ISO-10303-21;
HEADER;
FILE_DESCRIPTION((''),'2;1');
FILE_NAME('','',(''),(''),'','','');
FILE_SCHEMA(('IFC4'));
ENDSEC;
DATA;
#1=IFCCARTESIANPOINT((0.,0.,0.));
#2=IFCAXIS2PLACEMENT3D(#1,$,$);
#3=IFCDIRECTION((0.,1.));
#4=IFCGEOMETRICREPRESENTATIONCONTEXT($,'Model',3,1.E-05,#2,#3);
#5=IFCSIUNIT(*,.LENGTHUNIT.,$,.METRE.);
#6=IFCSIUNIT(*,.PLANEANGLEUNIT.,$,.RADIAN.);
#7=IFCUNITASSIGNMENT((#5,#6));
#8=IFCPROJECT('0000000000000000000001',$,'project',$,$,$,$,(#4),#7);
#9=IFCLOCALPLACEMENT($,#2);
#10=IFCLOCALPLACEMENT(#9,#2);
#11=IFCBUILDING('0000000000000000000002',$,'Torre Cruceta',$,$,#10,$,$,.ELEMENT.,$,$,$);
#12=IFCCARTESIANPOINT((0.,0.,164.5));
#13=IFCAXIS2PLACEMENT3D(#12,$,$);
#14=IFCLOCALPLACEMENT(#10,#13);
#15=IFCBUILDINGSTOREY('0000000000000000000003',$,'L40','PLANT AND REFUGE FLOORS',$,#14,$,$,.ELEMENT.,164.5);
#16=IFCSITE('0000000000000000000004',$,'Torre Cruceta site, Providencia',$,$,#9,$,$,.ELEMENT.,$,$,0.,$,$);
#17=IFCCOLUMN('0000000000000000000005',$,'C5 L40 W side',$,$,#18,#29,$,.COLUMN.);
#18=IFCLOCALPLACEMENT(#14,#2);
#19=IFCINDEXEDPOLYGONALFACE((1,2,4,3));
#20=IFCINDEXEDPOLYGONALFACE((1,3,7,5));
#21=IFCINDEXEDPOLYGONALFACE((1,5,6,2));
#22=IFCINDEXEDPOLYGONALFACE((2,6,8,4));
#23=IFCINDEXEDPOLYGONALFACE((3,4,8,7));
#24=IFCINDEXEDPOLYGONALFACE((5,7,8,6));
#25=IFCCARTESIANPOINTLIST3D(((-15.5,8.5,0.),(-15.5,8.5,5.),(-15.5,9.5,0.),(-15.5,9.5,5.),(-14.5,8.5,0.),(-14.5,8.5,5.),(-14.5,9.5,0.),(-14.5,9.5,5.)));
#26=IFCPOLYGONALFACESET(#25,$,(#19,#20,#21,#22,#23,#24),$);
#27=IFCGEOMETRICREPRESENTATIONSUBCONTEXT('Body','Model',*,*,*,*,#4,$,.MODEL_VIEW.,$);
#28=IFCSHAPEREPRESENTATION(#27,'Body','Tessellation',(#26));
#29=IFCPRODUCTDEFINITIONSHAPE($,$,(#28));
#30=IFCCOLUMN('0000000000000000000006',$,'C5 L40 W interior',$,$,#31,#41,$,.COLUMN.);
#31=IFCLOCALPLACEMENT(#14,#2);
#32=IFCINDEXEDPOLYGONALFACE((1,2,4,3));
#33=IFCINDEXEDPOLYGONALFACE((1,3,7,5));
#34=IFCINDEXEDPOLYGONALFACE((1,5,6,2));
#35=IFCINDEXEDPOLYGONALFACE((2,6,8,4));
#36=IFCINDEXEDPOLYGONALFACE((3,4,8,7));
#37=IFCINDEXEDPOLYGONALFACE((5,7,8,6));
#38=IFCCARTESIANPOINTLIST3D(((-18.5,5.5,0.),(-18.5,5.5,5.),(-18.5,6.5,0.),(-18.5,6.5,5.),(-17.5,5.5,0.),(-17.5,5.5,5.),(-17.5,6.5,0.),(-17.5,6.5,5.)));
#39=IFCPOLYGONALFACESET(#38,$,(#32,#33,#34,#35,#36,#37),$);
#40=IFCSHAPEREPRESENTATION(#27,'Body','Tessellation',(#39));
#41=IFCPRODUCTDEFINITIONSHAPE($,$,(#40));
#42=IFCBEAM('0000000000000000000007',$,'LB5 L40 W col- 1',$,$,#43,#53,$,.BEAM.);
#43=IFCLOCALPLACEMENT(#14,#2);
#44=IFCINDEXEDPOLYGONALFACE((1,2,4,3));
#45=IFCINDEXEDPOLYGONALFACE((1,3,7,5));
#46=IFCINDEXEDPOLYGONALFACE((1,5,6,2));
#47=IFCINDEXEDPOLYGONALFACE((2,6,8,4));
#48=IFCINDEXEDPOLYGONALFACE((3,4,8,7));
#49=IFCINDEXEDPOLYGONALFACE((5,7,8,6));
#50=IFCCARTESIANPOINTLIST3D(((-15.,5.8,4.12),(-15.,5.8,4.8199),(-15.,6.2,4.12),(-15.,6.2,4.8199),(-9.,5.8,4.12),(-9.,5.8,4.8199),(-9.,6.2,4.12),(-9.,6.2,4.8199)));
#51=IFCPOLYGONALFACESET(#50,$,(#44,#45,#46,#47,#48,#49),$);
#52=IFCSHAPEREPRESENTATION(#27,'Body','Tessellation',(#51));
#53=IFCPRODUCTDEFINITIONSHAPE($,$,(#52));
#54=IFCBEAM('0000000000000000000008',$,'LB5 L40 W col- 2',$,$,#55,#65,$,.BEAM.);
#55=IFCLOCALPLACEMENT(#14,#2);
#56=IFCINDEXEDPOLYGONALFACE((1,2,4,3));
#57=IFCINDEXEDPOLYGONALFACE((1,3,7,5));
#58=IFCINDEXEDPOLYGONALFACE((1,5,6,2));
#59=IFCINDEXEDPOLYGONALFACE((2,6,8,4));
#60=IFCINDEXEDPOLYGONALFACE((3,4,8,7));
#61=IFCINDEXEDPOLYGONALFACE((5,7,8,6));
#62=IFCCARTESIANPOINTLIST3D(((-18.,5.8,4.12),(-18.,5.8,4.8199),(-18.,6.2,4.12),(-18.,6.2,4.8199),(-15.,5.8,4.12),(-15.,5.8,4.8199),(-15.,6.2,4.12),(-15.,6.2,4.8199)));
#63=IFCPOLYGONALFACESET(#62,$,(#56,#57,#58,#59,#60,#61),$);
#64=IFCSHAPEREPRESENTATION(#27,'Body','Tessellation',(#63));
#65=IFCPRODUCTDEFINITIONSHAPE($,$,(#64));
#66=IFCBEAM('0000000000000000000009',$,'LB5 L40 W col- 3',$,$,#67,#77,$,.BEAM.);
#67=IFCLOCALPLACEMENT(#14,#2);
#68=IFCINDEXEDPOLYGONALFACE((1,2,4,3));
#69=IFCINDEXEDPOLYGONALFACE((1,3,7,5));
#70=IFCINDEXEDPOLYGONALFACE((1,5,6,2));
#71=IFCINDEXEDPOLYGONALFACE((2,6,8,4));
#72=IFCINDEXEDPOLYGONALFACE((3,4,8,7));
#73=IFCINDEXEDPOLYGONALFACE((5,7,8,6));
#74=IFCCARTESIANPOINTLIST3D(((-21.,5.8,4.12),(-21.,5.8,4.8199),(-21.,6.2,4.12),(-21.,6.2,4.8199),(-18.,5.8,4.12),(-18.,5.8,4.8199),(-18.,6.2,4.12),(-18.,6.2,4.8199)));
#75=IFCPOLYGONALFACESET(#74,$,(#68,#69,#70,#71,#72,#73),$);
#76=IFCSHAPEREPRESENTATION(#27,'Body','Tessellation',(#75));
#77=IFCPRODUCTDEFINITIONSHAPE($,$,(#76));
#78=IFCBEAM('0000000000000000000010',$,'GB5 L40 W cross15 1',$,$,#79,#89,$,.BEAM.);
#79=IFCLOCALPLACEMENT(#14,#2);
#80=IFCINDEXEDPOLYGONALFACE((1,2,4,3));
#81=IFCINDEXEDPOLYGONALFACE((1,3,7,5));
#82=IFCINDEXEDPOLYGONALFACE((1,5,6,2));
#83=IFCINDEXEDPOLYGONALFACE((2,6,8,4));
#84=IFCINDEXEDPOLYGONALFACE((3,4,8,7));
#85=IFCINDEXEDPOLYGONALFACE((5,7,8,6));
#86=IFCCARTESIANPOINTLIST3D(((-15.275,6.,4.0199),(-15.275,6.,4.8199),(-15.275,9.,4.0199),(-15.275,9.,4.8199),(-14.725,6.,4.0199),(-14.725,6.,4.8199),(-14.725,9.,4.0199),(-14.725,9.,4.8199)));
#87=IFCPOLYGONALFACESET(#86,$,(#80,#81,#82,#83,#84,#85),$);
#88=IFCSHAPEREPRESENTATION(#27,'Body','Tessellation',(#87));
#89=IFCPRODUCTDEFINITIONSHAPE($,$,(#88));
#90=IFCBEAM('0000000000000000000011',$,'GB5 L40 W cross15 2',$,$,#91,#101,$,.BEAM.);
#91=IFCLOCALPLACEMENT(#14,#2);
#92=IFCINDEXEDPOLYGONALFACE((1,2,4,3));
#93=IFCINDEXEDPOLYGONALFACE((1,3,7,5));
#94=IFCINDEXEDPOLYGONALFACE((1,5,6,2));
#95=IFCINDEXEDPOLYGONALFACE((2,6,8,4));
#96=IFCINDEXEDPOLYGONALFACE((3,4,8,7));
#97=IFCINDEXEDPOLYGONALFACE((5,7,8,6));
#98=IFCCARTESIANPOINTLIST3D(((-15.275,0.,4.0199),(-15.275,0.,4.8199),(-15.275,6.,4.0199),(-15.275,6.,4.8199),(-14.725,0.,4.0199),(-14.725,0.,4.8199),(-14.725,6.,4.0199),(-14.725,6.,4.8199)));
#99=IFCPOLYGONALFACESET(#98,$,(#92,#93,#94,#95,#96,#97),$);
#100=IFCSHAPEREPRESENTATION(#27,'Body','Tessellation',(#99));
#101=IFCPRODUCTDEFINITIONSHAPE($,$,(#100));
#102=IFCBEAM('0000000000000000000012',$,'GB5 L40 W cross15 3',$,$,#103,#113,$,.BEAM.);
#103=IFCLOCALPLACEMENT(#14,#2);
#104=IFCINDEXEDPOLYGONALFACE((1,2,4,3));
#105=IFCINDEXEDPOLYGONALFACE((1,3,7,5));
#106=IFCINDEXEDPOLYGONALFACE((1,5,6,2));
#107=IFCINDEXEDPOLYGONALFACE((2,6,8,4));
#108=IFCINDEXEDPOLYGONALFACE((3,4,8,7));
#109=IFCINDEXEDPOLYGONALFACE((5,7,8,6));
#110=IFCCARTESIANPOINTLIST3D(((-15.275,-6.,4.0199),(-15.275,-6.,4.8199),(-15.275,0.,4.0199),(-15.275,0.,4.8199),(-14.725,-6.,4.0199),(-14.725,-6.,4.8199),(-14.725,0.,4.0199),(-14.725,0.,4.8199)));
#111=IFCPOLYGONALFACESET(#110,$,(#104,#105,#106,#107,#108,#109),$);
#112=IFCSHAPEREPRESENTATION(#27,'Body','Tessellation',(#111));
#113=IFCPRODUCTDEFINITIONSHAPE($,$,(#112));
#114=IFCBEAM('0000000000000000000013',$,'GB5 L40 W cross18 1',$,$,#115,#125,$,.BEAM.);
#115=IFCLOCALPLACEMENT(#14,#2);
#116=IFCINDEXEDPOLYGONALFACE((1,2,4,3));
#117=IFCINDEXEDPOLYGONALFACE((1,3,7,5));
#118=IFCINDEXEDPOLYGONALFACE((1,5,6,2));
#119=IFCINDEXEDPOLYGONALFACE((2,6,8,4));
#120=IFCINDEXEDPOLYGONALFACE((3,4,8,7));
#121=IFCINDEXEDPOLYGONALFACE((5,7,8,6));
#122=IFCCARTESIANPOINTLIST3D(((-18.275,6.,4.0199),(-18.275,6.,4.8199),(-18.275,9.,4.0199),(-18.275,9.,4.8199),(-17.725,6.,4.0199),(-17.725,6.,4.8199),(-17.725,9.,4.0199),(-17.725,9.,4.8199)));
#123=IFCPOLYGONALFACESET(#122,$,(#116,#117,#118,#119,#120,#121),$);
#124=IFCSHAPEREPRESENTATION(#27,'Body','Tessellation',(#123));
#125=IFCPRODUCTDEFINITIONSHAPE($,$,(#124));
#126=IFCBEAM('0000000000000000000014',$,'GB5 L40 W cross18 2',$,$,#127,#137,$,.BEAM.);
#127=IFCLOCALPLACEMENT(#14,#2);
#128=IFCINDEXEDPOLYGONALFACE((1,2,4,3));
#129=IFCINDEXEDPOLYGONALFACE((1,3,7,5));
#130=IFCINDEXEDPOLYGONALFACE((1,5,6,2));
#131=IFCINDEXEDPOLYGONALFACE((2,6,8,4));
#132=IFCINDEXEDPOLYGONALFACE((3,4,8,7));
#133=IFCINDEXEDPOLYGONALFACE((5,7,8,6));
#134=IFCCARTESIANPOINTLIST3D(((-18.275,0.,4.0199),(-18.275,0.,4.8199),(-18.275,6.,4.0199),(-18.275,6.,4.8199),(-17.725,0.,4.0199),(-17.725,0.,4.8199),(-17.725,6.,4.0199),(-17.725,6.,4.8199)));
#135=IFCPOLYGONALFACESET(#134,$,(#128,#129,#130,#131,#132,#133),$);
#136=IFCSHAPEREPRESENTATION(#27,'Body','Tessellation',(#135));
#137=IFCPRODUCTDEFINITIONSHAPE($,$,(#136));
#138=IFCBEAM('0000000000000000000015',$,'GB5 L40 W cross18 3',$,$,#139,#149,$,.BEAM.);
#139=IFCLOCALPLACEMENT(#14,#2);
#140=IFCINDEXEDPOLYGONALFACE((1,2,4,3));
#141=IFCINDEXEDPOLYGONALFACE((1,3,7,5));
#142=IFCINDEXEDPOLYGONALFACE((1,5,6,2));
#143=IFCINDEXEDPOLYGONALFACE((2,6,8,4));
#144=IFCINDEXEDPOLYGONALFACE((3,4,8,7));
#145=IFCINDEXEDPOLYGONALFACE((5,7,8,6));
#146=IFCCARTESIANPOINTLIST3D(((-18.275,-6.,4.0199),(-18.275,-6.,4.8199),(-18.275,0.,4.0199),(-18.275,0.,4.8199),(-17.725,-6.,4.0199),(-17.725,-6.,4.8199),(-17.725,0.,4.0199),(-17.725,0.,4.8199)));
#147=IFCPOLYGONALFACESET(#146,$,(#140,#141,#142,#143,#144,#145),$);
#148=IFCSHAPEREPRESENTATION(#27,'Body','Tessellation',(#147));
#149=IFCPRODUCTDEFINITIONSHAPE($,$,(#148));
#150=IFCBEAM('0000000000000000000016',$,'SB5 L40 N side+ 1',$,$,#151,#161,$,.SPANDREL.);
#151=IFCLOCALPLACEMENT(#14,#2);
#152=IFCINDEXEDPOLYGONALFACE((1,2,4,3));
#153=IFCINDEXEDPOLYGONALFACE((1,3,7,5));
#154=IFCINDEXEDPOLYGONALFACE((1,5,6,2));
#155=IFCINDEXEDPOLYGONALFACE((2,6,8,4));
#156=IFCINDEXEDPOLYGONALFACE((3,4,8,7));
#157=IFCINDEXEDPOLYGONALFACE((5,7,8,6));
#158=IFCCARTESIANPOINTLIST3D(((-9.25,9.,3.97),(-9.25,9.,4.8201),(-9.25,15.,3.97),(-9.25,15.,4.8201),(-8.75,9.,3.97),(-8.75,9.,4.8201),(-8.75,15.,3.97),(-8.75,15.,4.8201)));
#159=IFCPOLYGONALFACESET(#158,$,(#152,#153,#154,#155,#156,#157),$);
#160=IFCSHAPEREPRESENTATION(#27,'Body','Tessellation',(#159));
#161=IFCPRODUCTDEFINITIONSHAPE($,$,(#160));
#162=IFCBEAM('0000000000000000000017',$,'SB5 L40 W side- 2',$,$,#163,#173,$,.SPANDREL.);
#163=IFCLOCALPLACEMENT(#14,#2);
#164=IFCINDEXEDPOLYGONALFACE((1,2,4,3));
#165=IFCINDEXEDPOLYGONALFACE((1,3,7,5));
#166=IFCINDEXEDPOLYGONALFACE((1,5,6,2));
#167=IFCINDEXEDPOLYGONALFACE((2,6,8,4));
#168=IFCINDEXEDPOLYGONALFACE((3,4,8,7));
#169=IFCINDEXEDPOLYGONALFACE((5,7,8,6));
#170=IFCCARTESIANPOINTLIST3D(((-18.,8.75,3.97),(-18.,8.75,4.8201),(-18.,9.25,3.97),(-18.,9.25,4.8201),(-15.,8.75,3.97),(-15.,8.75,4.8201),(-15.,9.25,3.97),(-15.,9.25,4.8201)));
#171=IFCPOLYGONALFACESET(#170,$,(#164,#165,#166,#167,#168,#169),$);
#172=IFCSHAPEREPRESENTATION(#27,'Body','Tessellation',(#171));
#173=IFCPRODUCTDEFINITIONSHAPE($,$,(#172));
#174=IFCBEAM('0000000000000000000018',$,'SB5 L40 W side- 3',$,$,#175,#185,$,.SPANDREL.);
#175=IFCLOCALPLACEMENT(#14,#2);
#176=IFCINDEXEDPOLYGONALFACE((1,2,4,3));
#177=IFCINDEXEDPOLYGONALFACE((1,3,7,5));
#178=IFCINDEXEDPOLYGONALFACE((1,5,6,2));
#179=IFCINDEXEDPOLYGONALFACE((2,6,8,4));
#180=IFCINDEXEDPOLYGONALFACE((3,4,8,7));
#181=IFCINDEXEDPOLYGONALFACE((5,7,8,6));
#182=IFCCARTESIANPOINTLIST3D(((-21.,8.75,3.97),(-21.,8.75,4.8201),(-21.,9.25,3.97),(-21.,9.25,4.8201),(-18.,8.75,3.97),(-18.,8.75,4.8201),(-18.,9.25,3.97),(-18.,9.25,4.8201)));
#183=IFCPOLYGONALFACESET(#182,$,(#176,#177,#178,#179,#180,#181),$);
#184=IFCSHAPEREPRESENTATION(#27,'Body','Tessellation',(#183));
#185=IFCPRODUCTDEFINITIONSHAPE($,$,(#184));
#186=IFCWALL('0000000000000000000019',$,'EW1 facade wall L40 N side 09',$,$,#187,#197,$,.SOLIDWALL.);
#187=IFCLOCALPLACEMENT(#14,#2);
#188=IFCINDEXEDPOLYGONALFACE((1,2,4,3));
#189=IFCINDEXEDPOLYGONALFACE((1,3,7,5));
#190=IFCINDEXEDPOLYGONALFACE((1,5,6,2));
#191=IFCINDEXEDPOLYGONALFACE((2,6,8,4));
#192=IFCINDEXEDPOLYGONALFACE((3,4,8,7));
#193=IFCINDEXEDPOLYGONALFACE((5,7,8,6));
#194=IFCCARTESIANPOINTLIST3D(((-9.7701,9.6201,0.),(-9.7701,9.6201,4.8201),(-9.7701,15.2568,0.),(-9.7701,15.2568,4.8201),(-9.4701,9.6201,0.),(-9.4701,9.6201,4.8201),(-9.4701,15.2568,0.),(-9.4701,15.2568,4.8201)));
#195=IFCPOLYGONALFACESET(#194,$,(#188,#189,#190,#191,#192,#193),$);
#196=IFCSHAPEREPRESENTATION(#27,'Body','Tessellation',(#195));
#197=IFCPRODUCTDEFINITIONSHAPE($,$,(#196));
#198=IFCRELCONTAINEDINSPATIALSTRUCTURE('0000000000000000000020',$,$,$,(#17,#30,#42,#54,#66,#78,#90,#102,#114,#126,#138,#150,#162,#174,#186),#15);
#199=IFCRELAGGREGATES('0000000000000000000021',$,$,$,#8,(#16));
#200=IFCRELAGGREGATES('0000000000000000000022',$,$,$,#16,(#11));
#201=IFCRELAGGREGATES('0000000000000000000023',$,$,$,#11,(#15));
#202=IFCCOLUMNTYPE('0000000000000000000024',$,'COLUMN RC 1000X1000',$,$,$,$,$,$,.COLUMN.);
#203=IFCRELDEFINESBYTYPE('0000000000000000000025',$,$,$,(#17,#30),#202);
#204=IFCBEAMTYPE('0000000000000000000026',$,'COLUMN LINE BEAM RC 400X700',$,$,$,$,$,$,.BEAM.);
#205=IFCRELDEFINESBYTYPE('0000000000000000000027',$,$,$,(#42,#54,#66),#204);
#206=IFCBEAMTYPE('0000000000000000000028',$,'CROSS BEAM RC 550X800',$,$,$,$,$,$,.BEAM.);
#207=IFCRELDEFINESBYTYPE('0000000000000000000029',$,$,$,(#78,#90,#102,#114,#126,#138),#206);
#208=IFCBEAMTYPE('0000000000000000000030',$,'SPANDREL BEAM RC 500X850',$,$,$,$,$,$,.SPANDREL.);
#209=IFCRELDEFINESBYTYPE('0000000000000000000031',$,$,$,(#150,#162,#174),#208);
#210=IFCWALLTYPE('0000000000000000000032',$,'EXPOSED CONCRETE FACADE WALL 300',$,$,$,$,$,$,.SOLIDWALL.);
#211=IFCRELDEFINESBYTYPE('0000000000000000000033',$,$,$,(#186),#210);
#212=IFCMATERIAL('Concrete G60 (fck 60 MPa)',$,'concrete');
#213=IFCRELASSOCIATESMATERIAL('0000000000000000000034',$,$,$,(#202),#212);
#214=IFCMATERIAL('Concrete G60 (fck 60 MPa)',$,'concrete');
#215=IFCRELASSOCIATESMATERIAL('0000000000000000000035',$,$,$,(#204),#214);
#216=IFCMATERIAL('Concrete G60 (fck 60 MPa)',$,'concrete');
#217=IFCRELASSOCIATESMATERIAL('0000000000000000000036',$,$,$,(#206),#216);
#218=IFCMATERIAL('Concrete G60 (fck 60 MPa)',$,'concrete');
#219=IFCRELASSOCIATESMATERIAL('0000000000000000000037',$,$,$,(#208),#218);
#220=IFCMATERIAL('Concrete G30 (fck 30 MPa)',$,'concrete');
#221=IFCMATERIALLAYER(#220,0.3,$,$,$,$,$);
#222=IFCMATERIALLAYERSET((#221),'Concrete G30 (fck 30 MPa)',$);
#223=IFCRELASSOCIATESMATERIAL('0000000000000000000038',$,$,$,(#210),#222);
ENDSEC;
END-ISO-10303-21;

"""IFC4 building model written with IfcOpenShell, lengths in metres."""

from ifc_helpers import new_model, si_unit, direction, frame, frame_2d, origin, origin_2d, place, context, subcontext, project, spatial, rectangle, extrude, material, layer, layer_set, material_profile, profile_set, type_object, element, save


model = new_model("IFC4")

# Units and contexts
model_context = context("Model", 3, precision=1e-05, world=origin(), true_north=direction((0.0, 1.0)))
body_context = subcontext(model_context, "Body", "Model", "MODEL_VIEW")
ifc_project = project(units=[si_unit("LENGTHUNIT", "METRE"), si_unit("PLANEANGLEUNIT", "RADIAN")], contexts=[model_context])

# Site, building, storey
site_placement = place(None, origin())
site = spatial("IfcSite", under=ifc_project, at=site_placement, Name="Torre Cruceta site, Providencia", CompositionType="ELEMENT", RefElevation=0.0)
building_placement = place(site_placement, origin())
building = spatial("IfcBuilding", under=site, at=building_placement, Name="Torre Cruceta", CompositionType="ELEMENT")
storey_placement = place(building_placement, frame((0.0, 0.0, 164.5)))
storey = spatial("IfcBuildingStorey", under=building, at=storey_placement, Name="L40", Description="PLANT AND REFUGE FLOORS", CompositionType="ELEMENT", Elevation=164.5)

# Columns
ifc_material_1 = material(Name="Concrete G60 (fck 60 MPa)", Category="concrete")
ifc_material_profile_1 = material_profile(ifc_material_1, rectangle(XDim=1.0, YDim=1.0, at=origin_2d()), Name="RC 1000X1000")
ifc_profile_set_1 = profile_set([ifc_material_profile_1], Name="Concrete G60 (fck 60 MPa)")
column_type = type_object("IfcColumnType", Name="COLUMN RC 1000X1000", PredefinedType="COLUMN", material=ifc_profile_set_1)
for number, where, z_axis, x_axis, name in (
    (1, (-15.0, 9.0, 0.0), (0.0, 0.0, 1.0), (1.0, 0.0, 0.0), "C5 L40 W side"),
    (2, (-18.0, 6.0, 0.0), (0.0, 0.0, 1.0), (1.0, 0.0, 0.0), "C5 L40 W interior"),
):
    element("IfcColumn", number, at=place(storey_placement, frame(where, z_axis=z_axis, x_axis=x_axis)), inside=storey, type_object=column_type, Name=name, PredefinedType="COLUMN", context=body_context, shape_type="SweptSolid", body=[
        extrude(rectangle(XDim=1.0, YDim=1.0, at=origin_2d()), origin(), (0.0, 0.0, 1.0), 5.0),
    ])

# Beams
ifc_material_2 = material(Name="Concrete G60 (fck 60 MPa)", Category="concrete")
ifc_material_profile_2 = material_profile(ifc_material_2, rectangle(XDim=0.3999, YDim=0.7, at=origin_2d()), Name="RC 400X700")
ifc_profile_set_2 = profile_set([ifc_material_profile_2], Name="Concrete G60 (fck 60 MPa)")
beam_type_1 = type_object("IfcBeamType", Name="COLUMN LINE BEAM RC 400X700", PredefinedType="BEAM", material=ifc_profile_set_2)
beam_1_placement = place(storey_placement, frame((-9.0, 6.0, 4.47), z_axis=(-1.0, 0.0, 0.0), x_axis=(0.0, -1.0, 0.0)))
element("IfcBeam", 3, at=beam_1_placement, inside=storey, type_object=beam_type_1, Name="LB5 L40 W col- 1", PredefinedType="BEAM", context=body_context, shape_type="SweptSolid", body=[
    extrude(rectangle(XDim=0.3999, YDim=0.7, at=origin_2d()), origin(), (0.0, 0.0, 1.0), 6.0),
])
for number, where, z_axis, x_axis, name in (
    (4, (-15.0, 6.0, 4.47), (-1.0, 0.0, 0.0), (0.0, -1.0, 0.0), "LB5 L40 W col- 2"),
    (5, (-18.0, 6.0, 4.47), (-1.0, 0.0, 0.0), (0.0, -1.0, 0.0), "LB5 L40 W col- 3"),
):
    element("IfcBeam", number, at=place(storey_placement, frame(where, z_axis=z_axis, x_axis=x_axis)), inside=storey, type_object=beam_type_1, Name=name, PredefinedType="BEAM", context=body_context, shape_type="SweptSolid", body=[
        extrude(rectangle(XDim=0.3999, YDim=0.7, at=origin_2d()), origin(), (0.0, 0.0, 1.0), 3.0),
    ])
ifc_material_3 = material(Name="Concrete G60 (fck 60 MPa)", Category="concrete")
ifc_material_profile_3 = material_profile(ifc_material_3, rectangle(XDim=0.55, YDim=0.8, at=origin_2d()), Name="RC 550X800")
ifc_profile_set_3 = profile_set([ifc_material_profile_3], Name="Concrete G60 (fck 60 MPa)")
beam_type_2 = type_object("IfcBeamType", Name="CROSS BEAM RC 550X800", PredefinedType="BEAM", material=ifc_profile_set_3)
beam_2_placement = place(storey_placement, frame((-15.0, 9.0, 4.4199), z_axis=(0.0, -1.0, 0.0), x_axis=(1.0, 0.0, 0.0)))
element("IfcBeam", 6, at=beam_2_placement, inside=storey, type_object=beam_type_2, Name="GB5 L40 W cross15 1", PredefinedType="BEAM", context=body_context, shape_type="SweptSolid", body=[
    extrude(rectangle(XDim=0.55, YDim=0.8, at=origin_2d()), origin(), (0.0, 0.0, 1.0), 3.0),
])
for number, where, z_axis, x_axis, name in (
    (7, (-15.0, 6.0, 4.4199), (0.0, -1.0, 0.0), (1.0, 0.0, 0.0), "GB5 L40 W cross15 2"),
    (8, (-15.0, 0.0, 4.4199), (0.0, -1.0, 0.0), (1.0, 0.0, 0.0), "GB5 L40 W cross15 3"),
):
    element("IfcBeam", number, at=place(storey_placement, frame(where, z_axis=z_axis, x_axis=x_axis)), inside=storey, type_object=beam_type_2, Name=name, PredefinedType="BEAM", context=body_context, shape_type="SweptSolid", body=[
        extrude(rectangle(XDim=0.55, YDim=0.8, at=origin_2d()), origin(), (0.0, 0.0, 1.0), 6.0),
    ])
beam_3_placement = place(storey_placement, frame((-18.0, 9.0, 4.4199), z_axis=(0.0, -1.0, 0.0), x_axis=(1.0, 0.0, 0.0)))
element("IfcBeam", 9, at=beam_3_placement, inside=storey, type_object=beam_type_2, Name="GB5 L40 W cross18 1", PredefinedType="BEAM", context=body_context, shape_type="SweptSolid", body=[
    extrude(rectangle(XDim=0.55, YDim=0.8, at=origin_2d()), origin(), (0.0, 0.0, 1.0), 3.0),
])
for number, where, z_axis, x_axis, name in (
    (10, (-18.0, 6.0, 4.4199), (0.0, -1.0, 0.0), (1.0, 0.0, 0.0), "GB5 L40 W cross18 2"),
    (11, (-18.0, 0.0, 4.4199), (0.0, -1.0, 0.0), (1.0, 0.0, 0.0), "GB5 L40 W cross18 3"),
):
    element("IfcBeam", number, at=place(storey_placement, frame(where, z_axis=z_axis, x_axis=x_axis)), inside=storey, type_object=beam_type_2, Name=name, PredefinedType="BEAM", context=body_context, shape_type="SweptSolid", body=[
        extrude(rectangle(XDim=0.55, YDim=0.8, at=origin_2d()), origin(), (0.0, 0.0, 1.0), 6.0),
    ])
ifc_material_4 = material(Name="Concrete G60 (fck 60 MPa)", Category="concrete")
ifc_material_profile_4 = material_profile(ifc_material_4, rectangle(XDim=0.5, YDim=0.8501, at=origin_2d()), Name="RC 500X850")
ifc_profile_set_4 = profile_set([ifc_material_profile_4], Name="Concrete G60 (fck 60 MPa)")
beam_type_3 = type_object("IfcBeamType", Name="SPANDREL BEAM RC 500X850", PredefinedType="SPANDREL", material=ifc_profile_set_4)
beam_4_placement = place(storey_placement, frame((-9.0, 9.0, 4.395), z_axis=(0.0, 1.0, 0.0), x_axis=(-1.0, 0.0, 0.0)))
element("IfcBeam", 12, at=beam_4_placement, inside=storey, type_object=beam_type_3, Name="SB5 L40 N side+ 1", PredefinedType="SPANDREL", context=body_context, shape_type="SweptSolid", body=[
    extrude(rectangle(XDim=0.5, YDim=0.8501, at=origin_2d()), origin(), (0.0, 0.0, 1.0), 6.0),
])
for number, where, z_axis, x_axis, name in (
    (13, (-15.0, 9.0, 4.395), (-1.0, 0.0, 0.0), (0.0, -1.0, 0.0), "SB5 L40 W side- 2"),
    (14, (-18.0, 9.0, 4.395), (-1.0, 0.0, 0.0), (0.0, -1.0, 0.0), "SB5 L40 W side- 3"),
):
    element("IfcBeam", number, at=place(storey_placement, frame(where, z_axis=z_axis, x_axis=x_axis)), inside=storey, type_object=beam_type_3, Name=name, PredefinedType="SPANDREL", context=body_context, shape_type="SweptSolid", body=[
        extrude(rectangle(XDim=0.5, YDim=0.8501, at=origin_2d()), origin(), (0.0, 0.0, 1.0), 3.0),
    ])

# Wall
ifc_material_5 = material(Name="Concrete G30 (fck 30 MPa)", Category="concrete")
ifc_layer_1 = layer(ifc_material_5, 0.3)
ifc_layer_set_1 = layer_set([ifc_layer_1], Name="Concrete G30 (fck 30 MPa)")
wall_type_1 = type_object("IfcWallType", Name="EXPOSED CONCRETE FACADE WALL 300", PredefinedType="SOLIDWALL", material=ifc_layer_set_1)
wall_1_placement = place(storey_placement, frame((-9.6201, 15.2568, 0.0), z_axis=(0.0, 0.0, 1.0), x_axis=(0.0, -1.0, 0.0)))
element("IfcWall", 15, at=wall_1_placement, inside=storey, type_object=wall_type_1, Name="EW1 facade wall L40 N side 09", PredefinedType="SOLIDWALL", context=body_context, shape_type="SweptSolid", body=[
    extrude(rectangle(XDim=5.6367, YDim=0.3, at=frame_2d((2.8184, 0.0))), origin(), (0.0, 0.0, 1.0), 4.8201),
])

save(model, "model.ifc")
